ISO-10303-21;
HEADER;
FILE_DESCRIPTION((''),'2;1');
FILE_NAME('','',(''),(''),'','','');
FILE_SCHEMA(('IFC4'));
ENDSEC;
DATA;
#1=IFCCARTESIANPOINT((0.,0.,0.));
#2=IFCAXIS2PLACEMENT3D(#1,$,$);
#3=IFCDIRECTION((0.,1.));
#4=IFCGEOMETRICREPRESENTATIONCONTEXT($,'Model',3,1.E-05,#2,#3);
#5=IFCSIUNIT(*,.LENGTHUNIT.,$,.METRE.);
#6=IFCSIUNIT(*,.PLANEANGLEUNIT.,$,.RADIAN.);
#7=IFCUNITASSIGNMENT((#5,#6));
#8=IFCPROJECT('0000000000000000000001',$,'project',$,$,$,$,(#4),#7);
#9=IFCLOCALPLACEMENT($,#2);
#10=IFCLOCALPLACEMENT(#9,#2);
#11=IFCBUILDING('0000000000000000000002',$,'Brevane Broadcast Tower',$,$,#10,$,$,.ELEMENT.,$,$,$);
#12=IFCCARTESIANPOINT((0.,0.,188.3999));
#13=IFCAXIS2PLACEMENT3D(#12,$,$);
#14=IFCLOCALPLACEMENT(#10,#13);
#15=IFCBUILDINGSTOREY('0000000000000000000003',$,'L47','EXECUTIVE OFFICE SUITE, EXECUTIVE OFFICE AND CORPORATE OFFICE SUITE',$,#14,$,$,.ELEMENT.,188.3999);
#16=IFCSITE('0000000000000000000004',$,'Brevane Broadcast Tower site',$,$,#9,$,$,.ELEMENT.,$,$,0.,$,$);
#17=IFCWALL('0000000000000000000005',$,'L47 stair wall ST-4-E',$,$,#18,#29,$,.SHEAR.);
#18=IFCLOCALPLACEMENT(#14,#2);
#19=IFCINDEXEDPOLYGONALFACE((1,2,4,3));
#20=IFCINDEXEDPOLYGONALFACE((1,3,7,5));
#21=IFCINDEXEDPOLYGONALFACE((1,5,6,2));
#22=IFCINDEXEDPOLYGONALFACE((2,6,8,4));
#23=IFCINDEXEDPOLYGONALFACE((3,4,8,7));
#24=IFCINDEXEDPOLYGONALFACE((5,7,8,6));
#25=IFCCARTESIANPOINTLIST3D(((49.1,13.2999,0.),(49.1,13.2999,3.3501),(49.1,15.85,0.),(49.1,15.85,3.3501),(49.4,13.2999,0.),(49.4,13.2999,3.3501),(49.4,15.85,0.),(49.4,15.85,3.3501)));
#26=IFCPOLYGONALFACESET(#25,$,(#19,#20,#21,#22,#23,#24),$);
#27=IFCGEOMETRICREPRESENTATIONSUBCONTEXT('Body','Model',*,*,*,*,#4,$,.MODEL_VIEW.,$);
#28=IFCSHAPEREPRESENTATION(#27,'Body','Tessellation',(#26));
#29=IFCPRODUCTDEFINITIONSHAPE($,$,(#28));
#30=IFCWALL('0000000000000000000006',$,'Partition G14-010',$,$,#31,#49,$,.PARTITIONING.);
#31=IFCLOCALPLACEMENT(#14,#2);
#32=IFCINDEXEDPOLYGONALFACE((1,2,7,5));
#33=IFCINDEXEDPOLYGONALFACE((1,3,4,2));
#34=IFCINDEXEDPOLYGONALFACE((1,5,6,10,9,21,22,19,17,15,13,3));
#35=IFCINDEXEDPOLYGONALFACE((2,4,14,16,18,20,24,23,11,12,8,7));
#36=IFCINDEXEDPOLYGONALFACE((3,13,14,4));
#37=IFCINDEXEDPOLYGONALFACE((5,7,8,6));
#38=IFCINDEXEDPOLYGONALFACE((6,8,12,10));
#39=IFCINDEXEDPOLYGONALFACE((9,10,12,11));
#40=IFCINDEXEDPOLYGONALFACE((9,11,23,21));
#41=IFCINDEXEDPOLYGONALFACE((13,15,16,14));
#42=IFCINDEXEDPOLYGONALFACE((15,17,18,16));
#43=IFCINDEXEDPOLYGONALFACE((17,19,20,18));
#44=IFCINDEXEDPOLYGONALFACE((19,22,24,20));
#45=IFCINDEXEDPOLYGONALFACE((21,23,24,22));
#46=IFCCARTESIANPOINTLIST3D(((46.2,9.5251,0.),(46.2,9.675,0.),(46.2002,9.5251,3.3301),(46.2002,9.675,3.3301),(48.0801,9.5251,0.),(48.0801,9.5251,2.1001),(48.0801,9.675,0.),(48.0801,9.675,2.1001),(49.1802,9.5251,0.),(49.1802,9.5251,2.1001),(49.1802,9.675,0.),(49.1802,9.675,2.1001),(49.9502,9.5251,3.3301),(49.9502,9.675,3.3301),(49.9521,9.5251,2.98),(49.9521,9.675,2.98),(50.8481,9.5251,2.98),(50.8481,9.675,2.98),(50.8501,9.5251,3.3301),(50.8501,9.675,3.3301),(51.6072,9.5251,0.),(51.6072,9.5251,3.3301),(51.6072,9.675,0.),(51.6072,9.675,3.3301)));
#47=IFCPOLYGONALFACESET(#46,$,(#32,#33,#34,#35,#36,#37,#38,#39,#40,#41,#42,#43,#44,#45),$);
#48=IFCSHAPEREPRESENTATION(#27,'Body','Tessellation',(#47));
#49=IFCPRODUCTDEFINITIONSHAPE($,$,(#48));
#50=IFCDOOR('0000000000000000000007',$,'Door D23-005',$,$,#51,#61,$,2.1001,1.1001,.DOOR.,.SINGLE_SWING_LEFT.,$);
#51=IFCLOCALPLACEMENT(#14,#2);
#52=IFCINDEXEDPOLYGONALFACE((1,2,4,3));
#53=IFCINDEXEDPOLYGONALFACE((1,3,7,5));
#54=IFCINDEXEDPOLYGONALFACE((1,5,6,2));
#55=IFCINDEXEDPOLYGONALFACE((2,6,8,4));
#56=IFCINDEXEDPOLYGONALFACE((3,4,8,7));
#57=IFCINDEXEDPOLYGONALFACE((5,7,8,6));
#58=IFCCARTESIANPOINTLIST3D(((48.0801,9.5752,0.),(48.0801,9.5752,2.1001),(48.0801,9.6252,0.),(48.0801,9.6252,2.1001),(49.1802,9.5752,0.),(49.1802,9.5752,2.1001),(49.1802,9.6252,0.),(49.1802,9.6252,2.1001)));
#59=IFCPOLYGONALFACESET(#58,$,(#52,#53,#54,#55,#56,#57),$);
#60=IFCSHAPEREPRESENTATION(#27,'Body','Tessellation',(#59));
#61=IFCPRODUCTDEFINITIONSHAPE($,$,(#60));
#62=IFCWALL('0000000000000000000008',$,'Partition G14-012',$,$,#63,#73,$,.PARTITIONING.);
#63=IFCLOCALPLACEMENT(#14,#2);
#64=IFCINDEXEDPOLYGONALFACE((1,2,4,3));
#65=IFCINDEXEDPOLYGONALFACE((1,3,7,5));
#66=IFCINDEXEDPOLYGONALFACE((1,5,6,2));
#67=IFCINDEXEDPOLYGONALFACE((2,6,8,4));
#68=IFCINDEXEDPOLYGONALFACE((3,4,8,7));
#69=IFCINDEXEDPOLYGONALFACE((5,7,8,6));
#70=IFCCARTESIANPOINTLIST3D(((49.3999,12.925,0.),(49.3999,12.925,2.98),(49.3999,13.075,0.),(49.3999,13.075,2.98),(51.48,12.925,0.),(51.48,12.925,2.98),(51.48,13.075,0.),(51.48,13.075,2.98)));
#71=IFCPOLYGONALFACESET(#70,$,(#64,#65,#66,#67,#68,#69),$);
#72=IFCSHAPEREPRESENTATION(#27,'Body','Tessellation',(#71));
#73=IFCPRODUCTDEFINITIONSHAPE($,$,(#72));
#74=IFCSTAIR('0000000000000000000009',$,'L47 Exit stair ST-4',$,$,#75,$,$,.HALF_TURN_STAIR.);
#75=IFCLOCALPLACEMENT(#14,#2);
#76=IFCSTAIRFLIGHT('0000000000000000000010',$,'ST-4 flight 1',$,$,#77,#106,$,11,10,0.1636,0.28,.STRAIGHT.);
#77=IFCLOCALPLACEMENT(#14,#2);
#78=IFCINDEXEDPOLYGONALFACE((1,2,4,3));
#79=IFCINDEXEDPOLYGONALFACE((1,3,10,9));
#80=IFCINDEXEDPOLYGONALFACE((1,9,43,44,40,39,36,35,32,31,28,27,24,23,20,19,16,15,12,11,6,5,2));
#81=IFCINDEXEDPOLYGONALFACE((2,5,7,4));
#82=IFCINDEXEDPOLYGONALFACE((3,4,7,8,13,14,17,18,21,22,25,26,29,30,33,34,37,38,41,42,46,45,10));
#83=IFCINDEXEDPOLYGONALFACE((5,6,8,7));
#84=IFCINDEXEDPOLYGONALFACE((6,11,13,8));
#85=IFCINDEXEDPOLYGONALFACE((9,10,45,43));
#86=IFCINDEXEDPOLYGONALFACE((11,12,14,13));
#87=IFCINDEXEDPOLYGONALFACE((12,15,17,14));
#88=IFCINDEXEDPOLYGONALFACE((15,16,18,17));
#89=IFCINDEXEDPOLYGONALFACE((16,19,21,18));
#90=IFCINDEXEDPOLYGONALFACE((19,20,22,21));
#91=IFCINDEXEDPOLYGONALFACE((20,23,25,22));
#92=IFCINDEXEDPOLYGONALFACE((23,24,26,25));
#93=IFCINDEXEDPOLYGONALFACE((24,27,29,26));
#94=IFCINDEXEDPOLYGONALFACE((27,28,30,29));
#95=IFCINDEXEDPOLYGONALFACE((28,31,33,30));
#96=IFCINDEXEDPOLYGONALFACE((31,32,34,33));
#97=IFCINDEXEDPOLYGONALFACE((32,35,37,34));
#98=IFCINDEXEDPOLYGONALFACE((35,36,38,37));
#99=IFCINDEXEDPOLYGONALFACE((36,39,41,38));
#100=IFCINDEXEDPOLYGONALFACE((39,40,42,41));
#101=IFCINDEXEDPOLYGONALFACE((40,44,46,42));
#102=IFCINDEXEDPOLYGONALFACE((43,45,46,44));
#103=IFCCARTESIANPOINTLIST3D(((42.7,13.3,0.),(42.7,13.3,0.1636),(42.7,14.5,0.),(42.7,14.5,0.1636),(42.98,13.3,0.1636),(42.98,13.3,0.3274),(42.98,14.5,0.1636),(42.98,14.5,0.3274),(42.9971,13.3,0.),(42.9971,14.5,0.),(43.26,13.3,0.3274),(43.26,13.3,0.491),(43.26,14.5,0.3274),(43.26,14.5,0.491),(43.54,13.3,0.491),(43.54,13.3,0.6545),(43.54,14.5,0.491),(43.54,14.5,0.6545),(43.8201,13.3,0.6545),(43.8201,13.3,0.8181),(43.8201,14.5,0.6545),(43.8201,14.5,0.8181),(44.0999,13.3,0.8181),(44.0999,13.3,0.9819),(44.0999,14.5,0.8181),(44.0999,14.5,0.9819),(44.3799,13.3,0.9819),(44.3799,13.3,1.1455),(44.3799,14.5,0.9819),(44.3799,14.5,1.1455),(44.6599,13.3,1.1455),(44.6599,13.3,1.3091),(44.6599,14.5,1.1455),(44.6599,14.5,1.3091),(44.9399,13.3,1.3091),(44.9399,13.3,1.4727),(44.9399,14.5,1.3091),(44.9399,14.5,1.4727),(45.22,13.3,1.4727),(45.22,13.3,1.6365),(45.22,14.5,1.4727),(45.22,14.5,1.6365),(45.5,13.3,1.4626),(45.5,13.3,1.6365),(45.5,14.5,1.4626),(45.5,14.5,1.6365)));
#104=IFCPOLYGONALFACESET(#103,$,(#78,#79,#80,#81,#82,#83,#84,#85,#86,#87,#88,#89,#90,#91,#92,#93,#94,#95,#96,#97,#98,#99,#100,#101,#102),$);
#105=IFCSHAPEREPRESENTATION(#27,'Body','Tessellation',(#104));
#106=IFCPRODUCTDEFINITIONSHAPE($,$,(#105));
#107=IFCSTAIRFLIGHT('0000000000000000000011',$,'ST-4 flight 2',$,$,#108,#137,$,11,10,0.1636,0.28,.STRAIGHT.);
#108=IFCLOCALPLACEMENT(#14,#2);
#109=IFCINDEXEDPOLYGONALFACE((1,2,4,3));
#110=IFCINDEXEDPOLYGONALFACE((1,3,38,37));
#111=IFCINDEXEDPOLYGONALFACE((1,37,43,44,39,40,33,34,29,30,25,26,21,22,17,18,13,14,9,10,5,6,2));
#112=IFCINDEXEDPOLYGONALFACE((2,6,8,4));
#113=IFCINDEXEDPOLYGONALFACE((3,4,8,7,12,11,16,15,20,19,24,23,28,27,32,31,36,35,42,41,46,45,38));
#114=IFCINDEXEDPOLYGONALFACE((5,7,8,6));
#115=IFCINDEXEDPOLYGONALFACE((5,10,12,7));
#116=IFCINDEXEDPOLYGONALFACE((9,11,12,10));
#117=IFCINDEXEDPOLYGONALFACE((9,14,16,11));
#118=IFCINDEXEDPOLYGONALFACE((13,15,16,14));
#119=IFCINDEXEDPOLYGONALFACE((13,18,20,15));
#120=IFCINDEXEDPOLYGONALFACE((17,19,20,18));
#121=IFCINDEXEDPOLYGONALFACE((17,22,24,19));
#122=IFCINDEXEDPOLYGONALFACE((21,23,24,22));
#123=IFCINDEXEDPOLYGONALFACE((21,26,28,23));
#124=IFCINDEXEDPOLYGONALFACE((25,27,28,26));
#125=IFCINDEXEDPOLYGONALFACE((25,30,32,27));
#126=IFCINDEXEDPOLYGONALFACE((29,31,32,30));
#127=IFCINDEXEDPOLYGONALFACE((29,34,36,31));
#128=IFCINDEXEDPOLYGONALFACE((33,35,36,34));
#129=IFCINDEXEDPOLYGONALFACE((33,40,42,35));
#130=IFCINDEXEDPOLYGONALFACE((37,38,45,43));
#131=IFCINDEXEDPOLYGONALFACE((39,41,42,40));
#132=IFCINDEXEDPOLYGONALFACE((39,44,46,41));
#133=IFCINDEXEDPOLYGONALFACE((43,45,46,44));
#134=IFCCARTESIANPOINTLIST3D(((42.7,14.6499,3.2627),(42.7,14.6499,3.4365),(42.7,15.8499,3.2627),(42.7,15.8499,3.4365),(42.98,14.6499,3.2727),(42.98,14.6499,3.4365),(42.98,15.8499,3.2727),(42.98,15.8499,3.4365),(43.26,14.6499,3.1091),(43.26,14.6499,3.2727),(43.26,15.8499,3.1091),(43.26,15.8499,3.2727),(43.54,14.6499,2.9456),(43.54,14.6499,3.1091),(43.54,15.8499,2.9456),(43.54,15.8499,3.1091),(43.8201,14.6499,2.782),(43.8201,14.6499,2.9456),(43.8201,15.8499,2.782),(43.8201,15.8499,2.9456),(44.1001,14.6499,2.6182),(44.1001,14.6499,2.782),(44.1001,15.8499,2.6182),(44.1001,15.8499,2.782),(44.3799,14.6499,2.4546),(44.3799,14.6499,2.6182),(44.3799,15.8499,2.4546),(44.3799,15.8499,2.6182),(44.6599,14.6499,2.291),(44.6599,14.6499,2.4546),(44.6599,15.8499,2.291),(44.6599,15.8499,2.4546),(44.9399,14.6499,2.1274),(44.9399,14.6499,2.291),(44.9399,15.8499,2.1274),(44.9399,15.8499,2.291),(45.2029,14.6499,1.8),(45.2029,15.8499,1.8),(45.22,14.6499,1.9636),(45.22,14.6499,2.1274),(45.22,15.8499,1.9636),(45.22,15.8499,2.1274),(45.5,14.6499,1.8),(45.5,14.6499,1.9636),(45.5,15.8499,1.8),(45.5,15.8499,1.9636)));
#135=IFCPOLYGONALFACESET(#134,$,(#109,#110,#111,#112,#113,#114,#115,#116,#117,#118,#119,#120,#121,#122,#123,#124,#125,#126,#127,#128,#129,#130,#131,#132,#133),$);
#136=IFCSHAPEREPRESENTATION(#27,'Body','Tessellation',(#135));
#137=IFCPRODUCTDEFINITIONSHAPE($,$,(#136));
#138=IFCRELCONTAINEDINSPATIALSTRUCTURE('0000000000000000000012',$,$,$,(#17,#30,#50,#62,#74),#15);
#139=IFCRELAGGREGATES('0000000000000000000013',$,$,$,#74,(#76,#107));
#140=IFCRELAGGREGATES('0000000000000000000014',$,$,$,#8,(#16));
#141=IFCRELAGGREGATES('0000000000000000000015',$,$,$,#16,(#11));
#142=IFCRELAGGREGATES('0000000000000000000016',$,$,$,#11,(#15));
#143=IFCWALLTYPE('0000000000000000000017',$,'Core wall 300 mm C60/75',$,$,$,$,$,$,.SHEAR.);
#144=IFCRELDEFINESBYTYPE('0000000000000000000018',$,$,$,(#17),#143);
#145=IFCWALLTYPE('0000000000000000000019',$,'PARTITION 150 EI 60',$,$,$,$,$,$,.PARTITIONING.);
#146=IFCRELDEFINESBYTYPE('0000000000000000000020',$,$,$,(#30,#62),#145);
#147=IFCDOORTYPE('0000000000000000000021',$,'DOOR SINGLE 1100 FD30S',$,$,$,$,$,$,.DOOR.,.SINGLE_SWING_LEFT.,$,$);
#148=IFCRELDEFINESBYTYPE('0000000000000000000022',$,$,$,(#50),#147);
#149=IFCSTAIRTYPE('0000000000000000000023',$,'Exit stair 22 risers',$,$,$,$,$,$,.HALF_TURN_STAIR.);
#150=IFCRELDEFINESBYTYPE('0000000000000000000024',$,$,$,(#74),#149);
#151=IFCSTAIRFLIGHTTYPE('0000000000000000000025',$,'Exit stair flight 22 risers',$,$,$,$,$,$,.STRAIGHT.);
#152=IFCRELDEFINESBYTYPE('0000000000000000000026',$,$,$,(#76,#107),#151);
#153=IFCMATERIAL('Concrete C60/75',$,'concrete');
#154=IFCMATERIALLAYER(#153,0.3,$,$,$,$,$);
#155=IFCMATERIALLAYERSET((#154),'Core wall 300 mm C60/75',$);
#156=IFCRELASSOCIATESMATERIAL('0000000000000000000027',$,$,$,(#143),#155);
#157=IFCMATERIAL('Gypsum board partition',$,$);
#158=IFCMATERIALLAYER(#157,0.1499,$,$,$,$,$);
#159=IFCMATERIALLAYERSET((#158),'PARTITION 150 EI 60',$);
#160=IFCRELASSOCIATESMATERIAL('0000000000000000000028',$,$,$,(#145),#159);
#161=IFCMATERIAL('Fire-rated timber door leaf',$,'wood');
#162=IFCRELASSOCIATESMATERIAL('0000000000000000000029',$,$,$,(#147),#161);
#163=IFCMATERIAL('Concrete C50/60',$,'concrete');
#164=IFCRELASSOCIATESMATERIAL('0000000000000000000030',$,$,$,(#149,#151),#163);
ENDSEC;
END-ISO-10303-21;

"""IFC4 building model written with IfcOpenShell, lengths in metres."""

from ifc_helpers import new_model, si_unit, direction, frame, frame_2d, origin, place, context, subcontext, project, spatial, polyline, rectangle, outline, extrude, material, layer, layer_set, type_object, element, fill, aggregate, save


model = new_model("IFC4")

# Units and contexts
model_context = context("Model", 3, precision=1e-05, world=origin(), true_north=direction((0.0, 1.0)))
body_context = subcontext(model_context, "Body", "Model", "MODEL_VIEW")
ifc_project = project(units=[si_unit("LENGTHUNIT", "METRE"), si_unit("PLANEANGLEUNIT", "RADIAN")], contexts=[model_context])

# Site, building, storey
site_placement = place(None, origin())
site = spatial("IfcSite", under=ifc_project, at=site_placement, Name="Brevane Broadcast Tower site", CompositionType="ELEMENT", RefElevation=0.0)
building_placement = place(site_placement, origin())
building = spatial("IfcBuilding", under=site, at=building_placement, Name="Brevane Broadcast Tower", CompositionType="ELEMENT")
storey_placement = place(building_placement, frame((0.0, 0.0, 188.3999)))
storey = spatial("IfcBuildingStorey", under=building, at=storey_placement, Name="L47", Description="EXECUTIVE OFFICE SUITE, EXECUTIVE OFFICE AND CORPORATE OFFICE SUITE", CompositionType="ELEMENT", Elevation=188.3999)

# Shared definitions
ifc_material_1 = material(Name="Concrete C60/75", Category="concrete")

# Shared definitions
ifc_layer_1 = layer(ifc_material_1, 0.3)
ifc_layer_set_1 = layer_set([ifc_layer_1], Name="Core wall 300 mm C60/75")
wall_type_1 = type_object("IfcWallType", Name="Core wall 300 mm C60/75", PredefinedType="SHEAR", material=ifc_layer_set_1)

# Wall
for number, where, z_axis, x_axis, name in (
    (1, (49.25, 13.3, 0.0), (0.0, 0.0, 1.0), (0.0, 1.0, 0.0), "L47 stair wall ST-4-E"),
):
    element("IfcWall", number, at=place(storey_placement, frame(where, z_axis=z_axis, x_axis=x_axis)), inside=storey, type_object=wall_type_1, Name=name, PredefinedType="SHEAR", context=body_context, shape_type="SweptSolid", body=[
        extrude(rectangle(XDim=2.55, YDim=0.3, at=frame_2d((1.2749, 0.0))), origin(), (0.0, 0.0, 1.0), 3.3501),
    ])

# Wall, opening, door
ifc_material_2 = material(Name="Gypsum board partition")
ifc_layer_2 = layer(ifc_material_2, 0.1499)
ifc_layer_set_2 = layer_set([ifc_layer_2], Name="PARTITION 150 EI 60")
wall_type_2 = type_object("IfcWallType", Name="PARTITION 150 EI 60", PredefinedType="PARTITIONING", material=ifc_layer_set_2)
wall_1_placement = place(storey_placement, frame((51.6072, 9.6001, 0.0), z_axis=(0.0, 0.0, 1.0), x_axis=(-1.0, 0.0, 0.0)))
wall_1 = element("IfcWall", 2, at=wall_1_placement, inside=storey, type_object=wall_type_2, Name="Partition G14-010", PredefinedType="PARTITIONING", context=body_context, shape_type="SweptSolid", body=[
    extrude(outline(polyline([(0.0, 0.0), (5.4072, 0.0), (5.407, 3.3301), (1.657, 3.3301), (1.655, 2.98), (0.759, 2.98), (0.7571, 3.3301), (0.1272, 3.3301), (0.0, 3.3301), (0.0, 0.0)])), frame((0.0, 0.075, 0.0), z_axis=(0.0, -1.0, 0.0), x_axis=(1.0, 0.0, 0.0)), (0.0, 0.0, 1.0), 0.1499),
])
opening_1_placement = place(wall_1_placement, frame((2.427, 0.0, 0.0)))
opening_1 = element("IfcOpeningElement", 3, at=opening_1_placement, cuts=wall_1, PredefinedType="OPENING", context=body_context, shape_type="SweptSolid", body=[
    extrude(rectangle(XDim=1.1001, YDim=2.1001, at=frame_2d((0.55, 1.05))), frame((0.0, 0.085, 0.0), z_axis=(0.0, -1.0, 0.0), x_axis=(1.0, 0.0, 0.0)), (0.0, 0.0, 1.0), 0.1699),
])
ifc_material_3 = material(Name="Fire-rated timber door leaf", Category="wood")
door_type_1 = type_object("IfcDoorType", Name="DOOR SINGLE 1100 FD30S", OperationType="SINGLE_SWING_LEFT", PredefinedType="DOOR", material=ifc_material_3)
door_1_placement = place(opening_1_placement, origin())
door_1 = element("IfcDoor", 4, at=door_1_placement, inside=storey, type_object=door_type_1, Name="Door D23-005", OperationType="SINGLE_SWING_LEFT", OverallHeight=2.1001, OverallWidth=1.1001, PredefinedType="DOOR", context=body_context, shape_type="SweptSolid", body=[
    extrude(rectangle(XDim=1.1001, YDim=2.1001, at=frame_2d((0.55, 1.05))), frame((0.0, 0.0249, 0.0), z_axis=(0.0, -1.0, 0.0), x_axis=(1.0, 0.0, 0.0)), (0.0, 0.0, 1.0), 0.05),
])
fill(opening_1, door_1)

# Wall
wall_2_placement = place(storey_placement, frame((49.3999, 13.0, 0.0), z_axis=(0.0, 0.0, 1.0), x_axis=(1.0, 0.0, 0.0)))
element("IfcWall", 5, at=wall_2_placement, inside=storey, type_object=wall_type_2, Name="Partition G14-012", PredefinedType="PARTITIONING", context=body_context, shape_type="SweptSolid", body=[
    extrude(rectangle(XDim=2.0801, YDim=0.1499, at=frame_2d((1.04, 0.0))), origin(), (0.0, 0.0, 1.0), 2.98),
])

# Stair, stair flights
ifc_material_4 = material(Name="Concrete C50/60", Category="concrete")
stair_type = type_object("IfcStairType", Name="Exit stair 22 risers", PredefinedType="HALF_TURN_STAIR", material=ifc_material_4)
stair_placement = place(storey_placement, origin())
stair = element("IfcStair", 6, at=stair_placement, inside=storey, type_object=stair_type, Name="L47 Exit stair ST-4", PredefinedType="HALF_TURN_STAIR")
stair_flight_type = type_object("IfcStairFlightType", Name="Exit stair flight 22 risers", PredefinedType="STRAIGHT", material=ifc_material_4)
stair_flight_1_placement = place(storey_placement, frame((42.7, 13.8999, 0.0), z_axis=(0.0, 0.0, 1.0), x_axis=(1.0, 0.0, 0.0)))
stair_flight_1 = element("IfcStairFlight", 7, at=stair_flight_1_placement, type_object=stair_flight_type, Name="ST-4 flight 1", NumberOfRisers=11, NumberOfTreads=10, PredefinedType="STRAIGHT", RiserHeight=0.1636, TreadLength=0.28, context=body_context, shape_type="SweptSolid", body=[
    extrude(outline(polyline([(0.0, 0.0), (0.0, 0.1636), (0.28, 0.1636), (0.28, 0.3274), (0.5601, 0.3274), (0.5601, 0.491), (0.8401, 0.491), (0.8401, 0.6545), (1.1201, 0.6545), (1.1201, 0.8181), (1.3999, 0.8181), (1.3999, 0.9819), (1.6799, 0.9819), (1.6799, 1.1455), (1.96, 1.1455), (1.96, 1.3091), (2.24, 1.3091), (2.24, 1.4727), (2.52, 1.4727), (2.52, 1.6365), (2.8, 1.6365), (2.8, 1.8), (2.8, 1.4626), (0.2971, 0.0), (0.0, 0.0)])), frame((0.0, 0.6001, 0.0), z_axis=(0.0, -1.0, 0.0), x_axis=(1.0, 0.0, 0.0)), (0.0, 0.0, 1.0), 1.2),
])
stair_flight_2_placement = place(storey_placement, frame((45.5, 15.25, 1.8), z_axis=(0.0, 0.0, 1.0), x_axis=(-1.0, 0.0, 0.0)))
stair_flight_2 = element("IfcStairFlight", 8, at=stair_flight_2_placement, type_object=stair_flight_type, Name="ST-4 flight 2", NumberOfRisers=11, NumberOfTreads=10, PredefinedType="STRAIGHT", RiserHeight=0.1636, TreadLength=0.28, context=body_context, shape_type="SweptSolid", body=[
    extrude(outline(polyline([(0.0, 0.0), (0.0, 0.1636), (0.28, 0.1636), (0.28, 0.3274), (0.5601, 0.3274), (0.5601, 0.491), (0.8401, 0.491), (0.8401, 0.6545), (1.1201, 0.6545), (1.1201, 0.8181), (1.3999, 0.8181), (1.3999, 0.9819), (1.6799, 0.9819), (1.6799, 1.1455), (1.96, 1.1455), (1.96, 1.3091), (2.24, 1.3091), (2.24, 1.4727), (2.52, 1.4727), (2.52, 1.6365), (2.8, 1.6365), (2.8, 1.8), (2.8, 1.4626), (0.2971, 0.0), (0.0, 0.0)])), frame((0.0, 0.6001, 0.0), z_axis=(0.0, -1.0, 0.0), x_axis=(1.0, 0.0, 0.0)), (0.0, 0.0, 1.0), 1.2),
])
aggregate(stair, [stair_flight_1, stair_flight_2])

save(model, "model.ifc")
